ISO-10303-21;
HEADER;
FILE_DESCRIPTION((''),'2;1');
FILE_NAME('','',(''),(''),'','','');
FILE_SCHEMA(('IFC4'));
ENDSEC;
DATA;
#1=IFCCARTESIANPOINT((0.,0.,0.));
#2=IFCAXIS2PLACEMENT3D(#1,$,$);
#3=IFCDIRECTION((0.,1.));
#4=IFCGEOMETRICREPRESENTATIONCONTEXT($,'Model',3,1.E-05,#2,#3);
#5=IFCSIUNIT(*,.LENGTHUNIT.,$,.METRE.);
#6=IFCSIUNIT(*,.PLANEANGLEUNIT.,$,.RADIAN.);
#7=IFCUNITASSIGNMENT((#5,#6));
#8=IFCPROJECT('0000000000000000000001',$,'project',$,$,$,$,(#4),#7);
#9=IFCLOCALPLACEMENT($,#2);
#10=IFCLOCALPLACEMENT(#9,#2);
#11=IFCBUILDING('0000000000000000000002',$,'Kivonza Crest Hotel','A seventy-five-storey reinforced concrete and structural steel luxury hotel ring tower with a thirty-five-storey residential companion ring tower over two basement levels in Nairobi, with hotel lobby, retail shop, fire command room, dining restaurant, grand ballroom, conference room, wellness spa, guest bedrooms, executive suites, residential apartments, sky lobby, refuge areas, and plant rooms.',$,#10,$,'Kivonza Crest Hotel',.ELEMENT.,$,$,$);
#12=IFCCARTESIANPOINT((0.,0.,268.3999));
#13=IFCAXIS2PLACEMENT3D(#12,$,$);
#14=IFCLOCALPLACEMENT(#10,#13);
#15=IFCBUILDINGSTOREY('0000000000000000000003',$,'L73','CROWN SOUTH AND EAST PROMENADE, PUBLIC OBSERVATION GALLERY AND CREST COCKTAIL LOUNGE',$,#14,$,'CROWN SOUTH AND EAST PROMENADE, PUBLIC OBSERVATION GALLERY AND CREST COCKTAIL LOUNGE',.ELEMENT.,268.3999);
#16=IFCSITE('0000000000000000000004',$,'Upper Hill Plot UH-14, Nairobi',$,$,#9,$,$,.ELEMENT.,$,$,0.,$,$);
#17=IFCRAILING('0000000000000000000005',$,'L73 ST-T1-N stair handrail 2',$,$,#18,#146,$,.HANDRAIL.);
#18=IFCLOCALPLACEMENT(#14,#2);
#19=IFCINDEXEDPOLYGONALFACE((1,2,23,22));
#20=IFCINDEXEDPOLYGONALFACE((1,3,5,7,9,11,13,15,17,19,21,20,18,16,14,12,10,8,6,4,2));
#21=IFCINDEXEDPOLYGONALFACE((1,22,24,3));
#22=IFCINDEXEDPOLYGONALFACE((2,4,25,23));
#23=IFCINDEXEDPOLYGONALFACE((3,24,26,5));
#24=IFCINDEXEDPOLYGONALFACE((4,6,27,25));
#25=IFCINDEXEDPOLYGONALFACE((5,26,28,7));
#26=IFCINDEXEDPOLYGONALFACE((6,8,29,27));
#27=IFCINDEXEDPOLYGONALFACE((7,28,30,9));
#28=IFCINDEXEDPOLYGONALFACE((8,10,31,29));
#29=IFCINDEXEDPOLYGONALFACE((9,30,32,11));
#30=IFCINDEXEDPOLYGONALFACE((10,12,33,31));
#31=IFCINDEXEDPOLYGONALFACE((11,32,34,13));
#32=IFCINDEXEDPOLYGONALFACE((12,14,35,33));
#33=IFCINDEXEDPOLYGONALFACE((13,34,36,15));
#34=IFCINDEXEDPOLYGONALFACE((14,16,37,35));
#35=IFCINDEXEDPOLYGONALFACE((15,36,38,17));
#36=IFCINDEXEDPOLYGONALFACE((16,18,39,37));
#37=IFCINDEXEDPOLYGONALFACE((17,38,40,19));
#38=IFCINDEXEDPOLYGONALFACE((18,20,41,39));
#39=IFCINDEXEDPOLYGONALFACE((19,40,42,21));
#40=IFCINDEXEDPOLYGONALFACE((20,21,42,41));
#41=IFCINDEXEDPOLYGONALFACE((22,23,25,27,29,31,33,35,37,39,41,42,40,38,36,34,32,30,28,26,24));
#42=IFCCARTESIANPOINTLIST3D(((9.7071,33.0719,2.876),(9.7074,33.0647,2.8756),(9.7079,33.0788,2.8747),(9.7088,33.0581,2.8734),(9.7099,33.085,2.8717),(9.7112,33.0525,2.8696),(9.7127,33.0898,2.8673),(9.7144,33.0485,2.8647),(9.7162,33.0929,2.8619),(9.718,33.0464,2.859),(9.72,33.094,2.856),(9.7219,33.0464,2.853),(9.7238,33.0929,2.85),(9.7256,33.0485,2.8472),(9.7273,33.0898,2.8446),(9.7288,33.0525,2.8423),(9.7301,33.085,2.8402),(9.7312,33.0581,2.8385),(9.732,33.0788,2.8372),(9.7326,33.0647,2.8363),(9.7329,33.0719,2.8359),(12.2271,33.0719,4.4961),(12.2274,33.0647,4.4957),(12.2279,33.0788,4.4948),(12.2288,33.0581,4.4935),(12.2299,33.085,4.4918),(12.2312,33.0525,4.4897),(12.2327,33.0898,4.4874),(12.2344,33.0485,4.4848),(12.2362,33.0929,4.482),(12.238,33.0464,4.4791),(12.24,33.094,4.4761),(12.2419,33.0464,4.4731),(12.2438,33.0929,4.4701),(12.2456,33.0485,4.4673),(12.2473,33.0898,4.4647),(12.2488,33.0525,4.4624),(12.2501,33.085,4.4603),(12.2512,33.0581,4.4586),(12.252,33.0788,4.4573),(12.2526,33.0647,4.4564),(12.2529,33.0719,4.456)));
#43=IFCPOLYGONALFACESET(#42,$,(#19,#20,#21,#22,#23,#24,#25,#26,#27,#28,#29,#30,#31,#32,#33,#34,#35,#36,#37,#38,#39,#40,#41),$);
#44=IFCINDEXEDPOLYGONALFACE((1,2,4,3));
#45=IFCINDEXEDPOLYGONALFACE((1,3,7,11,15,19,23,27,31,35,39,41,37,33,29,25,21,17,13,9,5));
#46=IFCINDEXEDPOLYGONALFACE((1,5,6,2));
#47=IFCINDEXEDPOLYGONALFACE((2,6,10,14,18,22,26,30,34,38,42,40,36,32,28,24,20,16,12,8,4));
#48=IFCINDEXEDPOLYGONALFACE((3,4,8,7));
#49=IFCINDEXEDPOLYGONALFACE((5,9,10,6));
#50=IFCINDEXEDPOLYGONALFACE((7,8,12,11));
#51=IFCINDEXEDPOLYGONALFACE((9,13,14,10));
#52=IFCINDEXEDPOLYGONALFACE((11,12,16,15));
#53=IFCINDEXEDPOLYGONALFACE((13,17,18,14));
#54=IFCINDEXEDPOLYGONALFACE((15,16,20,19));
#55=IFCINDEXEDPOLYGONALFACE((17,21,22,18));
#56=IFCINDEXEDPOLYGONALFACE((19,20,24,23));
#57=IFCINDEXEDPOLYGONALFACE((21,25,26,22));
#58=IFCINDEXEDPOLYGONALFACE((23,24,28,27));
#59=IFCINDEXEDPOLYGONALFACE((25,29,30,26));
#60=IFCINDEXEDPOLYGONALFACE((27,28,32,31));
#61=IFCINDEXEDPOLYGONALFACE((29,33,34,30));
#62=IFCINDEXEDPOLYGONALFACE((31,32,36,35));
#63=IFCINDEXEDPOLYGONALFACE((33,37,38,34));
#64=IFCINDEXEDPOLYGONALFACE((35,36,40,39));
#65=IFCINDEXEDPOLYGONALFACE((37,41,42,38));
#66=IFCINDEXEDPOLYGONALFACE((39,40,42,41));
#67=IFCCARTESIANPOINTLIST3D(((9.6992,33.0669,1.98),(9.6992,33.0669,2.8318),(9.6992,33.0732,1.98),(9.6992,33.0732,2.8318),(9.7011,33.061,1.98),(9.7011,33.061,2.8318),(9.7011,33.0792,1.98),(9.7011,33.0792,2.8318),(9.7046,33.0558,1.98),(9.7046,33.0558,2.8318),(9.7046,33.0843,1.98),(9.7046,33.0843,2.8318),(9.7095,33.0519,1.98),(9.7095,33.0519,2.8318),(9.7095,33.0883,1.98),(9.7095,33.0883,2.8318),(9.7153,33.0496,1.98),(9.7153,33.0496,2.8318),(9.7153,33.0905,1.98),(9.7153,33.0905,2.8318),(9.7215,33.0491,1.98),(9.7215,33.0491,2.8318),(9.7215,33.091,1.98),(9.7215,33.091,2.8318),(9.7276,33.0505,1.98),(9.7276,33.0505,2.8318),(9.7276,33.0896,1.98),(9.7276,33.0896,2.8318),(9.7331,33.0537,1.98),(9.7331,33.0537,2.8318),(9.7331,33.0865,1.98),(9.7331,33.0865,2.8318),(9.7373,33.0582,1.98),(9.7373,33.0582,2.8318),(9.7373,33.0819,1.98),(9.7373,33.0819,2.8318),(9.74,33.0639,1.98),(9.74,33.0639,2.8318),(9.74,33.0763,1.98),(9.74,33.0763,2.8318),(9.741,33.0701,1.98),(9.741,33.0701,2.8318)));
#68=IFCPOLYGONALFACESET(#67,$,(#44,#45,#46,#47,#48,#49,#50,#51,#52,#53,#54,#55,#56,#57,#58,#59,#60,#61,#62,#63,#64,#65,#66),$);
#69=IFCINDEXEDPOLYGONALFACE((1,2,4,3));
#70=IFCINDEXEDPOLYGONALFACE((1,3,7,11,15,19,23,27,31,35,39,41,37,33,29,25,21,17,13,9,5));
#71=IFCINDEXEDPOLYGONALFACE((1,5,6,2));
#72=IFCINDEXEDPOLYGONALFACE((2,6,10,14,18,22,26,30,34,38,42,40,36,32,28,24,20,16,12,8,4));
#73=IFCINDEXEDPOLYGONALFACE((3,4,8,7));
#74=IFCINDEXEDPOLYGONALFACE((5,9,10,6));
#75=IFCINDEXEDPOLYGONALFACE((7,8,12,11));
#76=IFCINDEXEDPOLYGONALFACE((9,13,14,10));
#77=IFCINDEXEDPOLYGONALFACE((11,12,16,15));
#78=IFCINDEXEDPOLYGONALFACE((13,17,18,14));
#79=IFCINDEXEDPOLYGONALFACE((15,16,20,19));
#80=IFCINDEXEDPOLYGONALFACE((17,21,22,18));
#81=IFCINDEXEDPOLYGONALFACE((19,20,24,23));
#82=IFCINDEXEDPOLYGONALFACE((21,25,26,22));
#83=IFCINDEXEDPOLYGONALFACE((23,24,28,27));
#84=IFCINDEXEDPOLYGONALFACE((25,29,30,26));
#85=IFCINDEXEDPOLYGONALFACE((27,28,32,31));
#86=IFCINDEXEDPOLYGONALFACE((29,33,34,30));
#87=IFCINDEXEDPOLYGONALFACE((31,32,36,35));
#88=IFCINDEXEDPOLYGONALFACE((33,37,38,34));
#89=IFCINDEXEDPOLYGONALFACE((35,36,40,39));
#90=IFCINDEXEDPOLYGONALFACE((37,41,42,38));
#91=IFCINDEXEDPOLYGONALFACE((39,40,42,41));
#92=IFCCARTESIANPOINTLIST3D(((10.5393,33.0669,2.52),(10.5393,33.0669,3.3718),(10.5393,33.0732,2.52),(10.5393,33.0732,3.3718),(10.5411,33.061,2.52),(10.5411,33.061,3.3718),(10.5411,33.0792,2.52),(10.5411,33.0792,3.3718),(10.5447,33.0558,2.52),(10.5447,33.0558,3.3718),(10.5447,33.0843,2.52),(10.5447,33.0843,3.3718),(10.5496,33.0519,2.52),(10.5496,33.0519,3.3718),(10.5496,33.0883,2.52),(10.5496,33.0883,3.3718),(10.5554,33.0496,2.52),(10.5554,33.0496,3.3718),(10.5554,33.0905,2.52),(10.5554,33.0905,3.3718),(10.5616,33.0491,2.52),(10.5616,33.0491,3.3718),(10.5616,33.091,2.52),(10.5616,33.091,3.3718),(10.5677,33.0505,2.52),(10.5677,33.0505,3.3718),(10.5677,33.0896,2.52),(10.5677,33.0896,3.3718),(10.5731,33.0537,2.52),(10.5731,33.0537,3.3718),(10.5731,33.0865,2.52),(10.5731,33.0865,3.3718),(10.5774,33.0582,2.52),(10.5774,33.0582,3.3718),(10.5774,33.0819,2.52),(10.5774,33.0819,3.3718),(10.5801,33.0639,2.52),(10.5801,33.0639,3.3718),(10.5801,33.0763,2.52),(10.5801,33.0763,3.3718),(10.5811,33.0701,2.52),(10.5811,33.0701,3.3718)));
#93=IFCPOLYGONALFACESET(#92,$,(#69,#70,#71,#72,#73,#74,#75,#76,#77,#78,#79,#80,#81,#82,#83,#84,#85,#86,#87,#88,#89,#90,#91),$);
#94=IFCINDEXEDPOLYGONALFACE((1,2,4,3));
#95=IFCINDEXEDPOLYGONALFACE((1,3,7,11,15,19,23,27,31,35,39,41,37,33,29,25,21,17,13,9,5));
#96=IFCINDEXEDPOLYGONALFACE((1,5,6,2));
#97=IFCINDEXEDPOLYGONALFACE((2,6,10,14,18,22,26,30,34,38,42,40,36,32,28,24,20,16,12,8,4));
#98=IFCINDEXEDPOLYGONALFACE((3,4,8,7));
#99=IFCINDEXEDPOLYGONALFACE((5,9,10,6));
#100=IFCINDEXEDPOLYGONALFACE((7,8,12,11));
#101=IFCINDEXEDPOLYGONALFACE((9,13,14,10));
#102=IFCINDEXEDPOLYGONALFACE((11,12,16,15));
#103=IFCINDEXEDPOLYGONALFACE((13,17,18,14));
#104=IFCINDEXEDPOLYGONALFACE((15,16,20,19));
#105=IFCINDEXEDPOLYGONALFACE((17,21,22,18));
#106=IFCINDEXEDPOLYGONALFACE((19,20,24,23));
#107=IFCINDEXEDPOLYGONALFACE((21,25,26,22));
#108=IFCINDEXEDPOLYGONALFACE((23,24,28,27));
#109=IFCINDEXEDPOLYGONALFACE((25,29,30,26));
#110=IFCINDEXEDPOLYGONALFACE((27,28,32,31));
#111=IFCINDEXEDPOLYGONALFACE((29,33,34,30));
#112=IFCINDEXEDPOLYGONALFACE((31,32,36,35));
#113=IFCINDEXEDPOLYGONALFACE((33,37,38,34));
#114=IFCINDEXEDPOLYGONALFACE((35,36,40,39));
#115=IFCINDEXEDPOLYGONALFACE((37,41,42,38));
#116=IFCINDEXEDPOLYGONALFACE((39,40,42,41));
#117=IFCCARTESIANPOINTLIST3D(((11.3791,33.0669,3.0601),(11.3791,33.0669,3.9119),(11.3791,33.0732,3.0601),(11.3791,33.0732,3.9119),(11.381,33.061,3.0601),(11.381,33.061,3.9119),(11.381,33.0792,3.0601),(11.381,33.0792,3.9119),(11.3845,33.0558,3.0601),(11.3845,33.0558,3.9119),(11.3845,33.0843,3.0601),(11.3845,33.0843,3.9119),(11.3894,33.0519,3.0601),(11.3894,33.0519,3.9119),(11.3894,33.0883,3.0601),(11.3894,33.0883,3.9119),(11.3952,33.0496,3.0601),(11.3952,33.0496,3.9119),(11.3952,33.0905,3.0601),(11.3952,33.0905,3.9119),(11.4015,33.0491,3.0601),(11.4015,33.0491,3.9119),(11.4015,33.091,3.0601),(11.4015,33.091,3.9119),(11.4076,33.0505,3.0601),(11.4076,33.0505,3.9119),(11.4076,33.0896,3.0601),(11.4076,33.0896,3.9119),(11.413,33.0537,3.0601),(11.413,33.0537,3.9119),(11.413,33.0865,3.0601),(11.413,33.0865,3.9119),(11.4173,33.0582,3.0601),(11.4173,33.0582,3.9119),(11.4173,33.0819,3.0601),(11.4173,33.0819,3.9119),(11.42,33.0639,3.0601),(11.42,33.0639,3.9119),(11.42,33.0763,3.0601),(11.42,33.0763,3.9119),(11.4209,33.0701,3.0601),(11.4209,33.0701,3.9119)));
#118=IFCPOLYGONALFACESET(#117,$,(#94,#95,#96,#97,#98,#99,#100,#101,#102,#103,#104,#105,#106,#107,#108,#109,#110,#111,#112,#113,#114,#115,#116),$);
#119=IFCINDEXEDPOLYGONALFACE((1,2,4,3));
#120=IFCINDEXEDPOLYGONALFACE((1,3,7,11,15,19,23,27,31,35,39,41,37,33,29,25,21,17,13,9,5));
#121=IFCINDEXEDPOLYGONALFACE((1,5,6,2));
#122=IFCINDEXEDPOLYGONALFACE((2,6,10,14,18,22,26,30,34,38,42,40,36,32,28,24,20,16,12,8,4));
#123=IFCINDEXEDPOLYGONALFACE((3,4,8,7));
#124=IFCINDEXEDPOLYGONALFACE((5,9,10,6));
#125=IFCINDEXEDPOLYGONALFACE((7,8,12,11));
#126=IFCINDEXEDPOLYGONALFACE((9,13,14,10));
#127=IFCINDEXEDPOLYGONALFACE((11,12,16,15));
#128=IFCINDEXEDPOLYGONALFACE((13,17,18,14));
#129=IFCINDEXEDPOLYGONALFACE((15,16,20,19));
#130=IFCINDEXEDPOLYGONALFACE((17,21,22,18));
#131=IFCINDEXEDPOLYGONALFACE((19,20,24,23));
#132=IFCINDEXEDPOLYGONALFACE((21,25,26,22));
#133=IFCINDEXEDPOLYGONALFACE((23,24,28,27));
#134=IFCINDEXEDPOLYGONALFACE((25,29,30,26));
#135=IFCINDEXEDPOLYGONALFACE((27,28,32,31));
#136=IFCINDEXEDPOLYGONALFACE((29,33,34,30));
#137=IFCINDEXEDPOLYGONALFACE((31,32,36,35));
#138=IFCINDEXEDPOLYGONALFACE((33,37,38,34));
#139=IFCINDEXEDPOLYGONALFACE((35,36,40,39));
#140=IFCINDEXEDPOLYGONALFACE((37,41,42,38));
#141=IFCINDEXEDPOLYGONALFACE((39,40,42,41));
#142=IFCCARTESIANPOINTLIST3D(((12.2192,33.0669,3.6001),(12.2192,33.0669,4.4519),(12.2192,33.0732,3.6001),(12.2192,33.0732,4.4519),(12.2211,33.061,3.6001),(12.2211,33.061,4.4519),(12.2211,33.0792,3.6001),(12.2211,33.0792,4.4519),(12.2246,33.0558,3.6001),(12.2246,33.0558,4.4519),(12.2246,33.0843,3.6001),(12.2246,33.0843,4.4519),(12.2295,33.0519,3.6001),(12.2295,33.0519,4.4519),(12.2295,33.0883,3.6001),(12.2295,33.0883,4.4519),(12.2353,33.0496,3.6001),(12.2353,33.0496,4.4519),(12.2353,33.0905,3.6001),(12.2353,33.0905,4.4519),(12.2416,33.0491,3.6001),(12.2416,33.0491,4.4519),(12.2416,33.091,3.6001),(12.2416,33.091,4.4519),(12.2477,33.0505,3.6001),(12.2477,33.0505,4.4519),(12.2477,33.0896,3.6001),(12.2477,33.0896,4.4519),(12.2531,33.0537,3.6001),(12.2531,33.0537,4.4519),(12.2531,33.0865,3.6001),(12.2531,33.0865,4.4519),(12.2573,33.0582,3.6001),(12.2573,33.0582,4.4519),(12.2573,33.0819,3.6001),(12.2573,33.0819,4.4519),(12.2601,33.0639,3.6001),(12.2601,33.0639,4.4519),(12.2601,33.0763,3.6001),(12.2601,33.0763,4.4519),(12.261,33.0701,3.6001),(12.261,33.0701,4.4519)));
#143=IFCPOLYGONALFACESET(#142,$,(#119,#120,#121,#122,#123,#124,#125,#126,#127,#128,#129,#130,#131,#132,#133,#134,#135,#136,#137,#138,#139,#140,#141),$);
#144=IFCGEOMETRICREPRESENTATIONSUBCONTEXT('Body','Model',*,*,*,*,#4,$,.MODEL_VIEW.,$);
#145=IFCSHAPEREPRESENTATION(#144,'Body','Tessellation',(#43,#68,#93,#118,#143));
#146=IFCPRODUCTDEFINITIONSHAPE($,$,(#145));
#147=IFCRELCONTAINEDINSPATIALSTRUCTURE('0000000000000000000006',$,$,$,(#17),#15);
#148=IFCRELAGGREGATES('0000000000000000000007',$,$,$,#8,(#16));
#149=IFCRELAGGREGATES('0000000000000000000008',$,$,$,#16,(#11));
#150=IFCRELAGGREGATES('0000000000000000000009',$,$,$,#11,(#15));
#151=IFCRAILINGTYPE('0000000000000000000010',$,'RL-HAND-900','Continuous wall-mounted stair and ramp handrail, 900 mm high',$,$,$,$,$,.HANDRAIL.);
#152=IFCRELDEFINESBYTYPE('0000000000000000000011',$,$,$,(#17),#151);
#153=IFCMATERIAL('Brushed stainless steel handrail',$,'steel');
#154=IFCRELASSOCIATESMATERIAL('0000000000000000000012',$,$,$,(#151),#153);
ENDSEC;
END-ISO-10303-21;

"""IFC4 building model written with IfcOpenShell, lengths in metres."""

from ifc_helpers import new_model, si_unit, direction, frame, origin, origin_2d, place, context, subcontext, project, spatial, circle, extrude, material, type_object, element, save


model = new_model("IFC4")

# Units and contexts
model_context = context("Model", 3, precision=1e-05, world=origin(), true_north=direction((0.0, 1.0)))
body_context = subcontext(model_context, "Body", "Model", "MODEL_VIEW")
ifc_project = project(units=[si_unit("LENGTHUNIT", "METRE"), si_unit("PLANEANGLEUNIT", "RADIAN")], contexts=[model_context])

# Site, building, storey
site_placement = place(None, origin())
site = spatial("IfcSite", under=ifc_project, at=site_placement, Name="Upper Hill Plot UH-14, Nairobi", CompositionType="ELEMENT", RefElevation=0.0)
building_placement = place(site_placement, origin())
building = spatial("IfcBuilding", under=site, at=building_placement, Name="Kivonza Crest Hotel", Description="A seventy-five-storey reinforced concrete and structural steel luxury hotel ring tower with a thirty-five-storey residential companion ring tower over two basement levels in Nairobi, with hotel lobby, retail shop, fire command room, dining restaurant, grand ballroom, conference room, wellness spa, guest bedrooms, executive suites, residential apartments, sky lobby, refuge areas, and plant rooms.", LongName="Kivonza Crest Hotel", CompositionType="ELEMENT")
storey_placement = place(building_placement, frame((0.0, 0.0, 268.3999)))
storey = spatial("IfcBuildingStorey", under=building, at=storey_placement, Name="L73", Description="CROWN SOUTH AND EAST PROMENADE, PUBLIC OBSERVATION GALLERY AND CREST COCKTAIL LOUNGE", LongName="CROWN SOUTH AND EAST PROMENADE, PUBLIC OBSERVATION GALLERY AND CREST COCKTAIL LOUNGE", CompositionType="ELEMENT", Elevation=268.3999)

# Railing
ifc_material_1 = material(Name="Brushed stainless steel handrail", Category="steel")
railing_type_1 = type_object("IfcRailingType", Name="RL-HAND-900", Description="Continuous wall-mounted stair and ramp handrail, 900 mm high", PredefinedType="HANDRAIL", material=ifc_material_1)
railing_1_placement = place(storey_placement, frame((9.72, 33.0701, 1.98)))
element("IfcRailing", 1, at=railing_1_placement, inside=storey, type_object=railing_type_1, Name="L73 ST-T1-N stair handrail 2", PredefinedType="HANDRAIL", context=body_context, shape_type="SweptSolid", body=[
    extrude(circle(Radius=0.0239, at=origin_2d()), frame((0.0, 0.0, 0.876), z_axis=(0.841163, 0.0, 0.540782), x_axis=(0.0, 1.0, 0.0)), (0.0, 0.0, 1.0), 2.9958),
    extrude(circle(Radius=0.021, at=origin_2d()), origin(), (0.0, 0.0, 1.0), 0.8518),
    extrude(circle(Radius=0.021, at=origin_2d()), frame((0.8401, 0.0, 0.54)), (0.0, 0.0, 1.0), 0.8518),
    extrude(circle(Radius=0.021, at=origin_2d()), frame((1.6799, 0.0, 1.0801)), (0.0, 0.0, 1.0), 0.8518),
    extrude(circle(Radius=0.021, at=origin_2d()), frame((2.52, 0.0, 1.6201)), (0.0, 0.0, 1.0), 0.8518),
])

save(model, "model.ifc")
